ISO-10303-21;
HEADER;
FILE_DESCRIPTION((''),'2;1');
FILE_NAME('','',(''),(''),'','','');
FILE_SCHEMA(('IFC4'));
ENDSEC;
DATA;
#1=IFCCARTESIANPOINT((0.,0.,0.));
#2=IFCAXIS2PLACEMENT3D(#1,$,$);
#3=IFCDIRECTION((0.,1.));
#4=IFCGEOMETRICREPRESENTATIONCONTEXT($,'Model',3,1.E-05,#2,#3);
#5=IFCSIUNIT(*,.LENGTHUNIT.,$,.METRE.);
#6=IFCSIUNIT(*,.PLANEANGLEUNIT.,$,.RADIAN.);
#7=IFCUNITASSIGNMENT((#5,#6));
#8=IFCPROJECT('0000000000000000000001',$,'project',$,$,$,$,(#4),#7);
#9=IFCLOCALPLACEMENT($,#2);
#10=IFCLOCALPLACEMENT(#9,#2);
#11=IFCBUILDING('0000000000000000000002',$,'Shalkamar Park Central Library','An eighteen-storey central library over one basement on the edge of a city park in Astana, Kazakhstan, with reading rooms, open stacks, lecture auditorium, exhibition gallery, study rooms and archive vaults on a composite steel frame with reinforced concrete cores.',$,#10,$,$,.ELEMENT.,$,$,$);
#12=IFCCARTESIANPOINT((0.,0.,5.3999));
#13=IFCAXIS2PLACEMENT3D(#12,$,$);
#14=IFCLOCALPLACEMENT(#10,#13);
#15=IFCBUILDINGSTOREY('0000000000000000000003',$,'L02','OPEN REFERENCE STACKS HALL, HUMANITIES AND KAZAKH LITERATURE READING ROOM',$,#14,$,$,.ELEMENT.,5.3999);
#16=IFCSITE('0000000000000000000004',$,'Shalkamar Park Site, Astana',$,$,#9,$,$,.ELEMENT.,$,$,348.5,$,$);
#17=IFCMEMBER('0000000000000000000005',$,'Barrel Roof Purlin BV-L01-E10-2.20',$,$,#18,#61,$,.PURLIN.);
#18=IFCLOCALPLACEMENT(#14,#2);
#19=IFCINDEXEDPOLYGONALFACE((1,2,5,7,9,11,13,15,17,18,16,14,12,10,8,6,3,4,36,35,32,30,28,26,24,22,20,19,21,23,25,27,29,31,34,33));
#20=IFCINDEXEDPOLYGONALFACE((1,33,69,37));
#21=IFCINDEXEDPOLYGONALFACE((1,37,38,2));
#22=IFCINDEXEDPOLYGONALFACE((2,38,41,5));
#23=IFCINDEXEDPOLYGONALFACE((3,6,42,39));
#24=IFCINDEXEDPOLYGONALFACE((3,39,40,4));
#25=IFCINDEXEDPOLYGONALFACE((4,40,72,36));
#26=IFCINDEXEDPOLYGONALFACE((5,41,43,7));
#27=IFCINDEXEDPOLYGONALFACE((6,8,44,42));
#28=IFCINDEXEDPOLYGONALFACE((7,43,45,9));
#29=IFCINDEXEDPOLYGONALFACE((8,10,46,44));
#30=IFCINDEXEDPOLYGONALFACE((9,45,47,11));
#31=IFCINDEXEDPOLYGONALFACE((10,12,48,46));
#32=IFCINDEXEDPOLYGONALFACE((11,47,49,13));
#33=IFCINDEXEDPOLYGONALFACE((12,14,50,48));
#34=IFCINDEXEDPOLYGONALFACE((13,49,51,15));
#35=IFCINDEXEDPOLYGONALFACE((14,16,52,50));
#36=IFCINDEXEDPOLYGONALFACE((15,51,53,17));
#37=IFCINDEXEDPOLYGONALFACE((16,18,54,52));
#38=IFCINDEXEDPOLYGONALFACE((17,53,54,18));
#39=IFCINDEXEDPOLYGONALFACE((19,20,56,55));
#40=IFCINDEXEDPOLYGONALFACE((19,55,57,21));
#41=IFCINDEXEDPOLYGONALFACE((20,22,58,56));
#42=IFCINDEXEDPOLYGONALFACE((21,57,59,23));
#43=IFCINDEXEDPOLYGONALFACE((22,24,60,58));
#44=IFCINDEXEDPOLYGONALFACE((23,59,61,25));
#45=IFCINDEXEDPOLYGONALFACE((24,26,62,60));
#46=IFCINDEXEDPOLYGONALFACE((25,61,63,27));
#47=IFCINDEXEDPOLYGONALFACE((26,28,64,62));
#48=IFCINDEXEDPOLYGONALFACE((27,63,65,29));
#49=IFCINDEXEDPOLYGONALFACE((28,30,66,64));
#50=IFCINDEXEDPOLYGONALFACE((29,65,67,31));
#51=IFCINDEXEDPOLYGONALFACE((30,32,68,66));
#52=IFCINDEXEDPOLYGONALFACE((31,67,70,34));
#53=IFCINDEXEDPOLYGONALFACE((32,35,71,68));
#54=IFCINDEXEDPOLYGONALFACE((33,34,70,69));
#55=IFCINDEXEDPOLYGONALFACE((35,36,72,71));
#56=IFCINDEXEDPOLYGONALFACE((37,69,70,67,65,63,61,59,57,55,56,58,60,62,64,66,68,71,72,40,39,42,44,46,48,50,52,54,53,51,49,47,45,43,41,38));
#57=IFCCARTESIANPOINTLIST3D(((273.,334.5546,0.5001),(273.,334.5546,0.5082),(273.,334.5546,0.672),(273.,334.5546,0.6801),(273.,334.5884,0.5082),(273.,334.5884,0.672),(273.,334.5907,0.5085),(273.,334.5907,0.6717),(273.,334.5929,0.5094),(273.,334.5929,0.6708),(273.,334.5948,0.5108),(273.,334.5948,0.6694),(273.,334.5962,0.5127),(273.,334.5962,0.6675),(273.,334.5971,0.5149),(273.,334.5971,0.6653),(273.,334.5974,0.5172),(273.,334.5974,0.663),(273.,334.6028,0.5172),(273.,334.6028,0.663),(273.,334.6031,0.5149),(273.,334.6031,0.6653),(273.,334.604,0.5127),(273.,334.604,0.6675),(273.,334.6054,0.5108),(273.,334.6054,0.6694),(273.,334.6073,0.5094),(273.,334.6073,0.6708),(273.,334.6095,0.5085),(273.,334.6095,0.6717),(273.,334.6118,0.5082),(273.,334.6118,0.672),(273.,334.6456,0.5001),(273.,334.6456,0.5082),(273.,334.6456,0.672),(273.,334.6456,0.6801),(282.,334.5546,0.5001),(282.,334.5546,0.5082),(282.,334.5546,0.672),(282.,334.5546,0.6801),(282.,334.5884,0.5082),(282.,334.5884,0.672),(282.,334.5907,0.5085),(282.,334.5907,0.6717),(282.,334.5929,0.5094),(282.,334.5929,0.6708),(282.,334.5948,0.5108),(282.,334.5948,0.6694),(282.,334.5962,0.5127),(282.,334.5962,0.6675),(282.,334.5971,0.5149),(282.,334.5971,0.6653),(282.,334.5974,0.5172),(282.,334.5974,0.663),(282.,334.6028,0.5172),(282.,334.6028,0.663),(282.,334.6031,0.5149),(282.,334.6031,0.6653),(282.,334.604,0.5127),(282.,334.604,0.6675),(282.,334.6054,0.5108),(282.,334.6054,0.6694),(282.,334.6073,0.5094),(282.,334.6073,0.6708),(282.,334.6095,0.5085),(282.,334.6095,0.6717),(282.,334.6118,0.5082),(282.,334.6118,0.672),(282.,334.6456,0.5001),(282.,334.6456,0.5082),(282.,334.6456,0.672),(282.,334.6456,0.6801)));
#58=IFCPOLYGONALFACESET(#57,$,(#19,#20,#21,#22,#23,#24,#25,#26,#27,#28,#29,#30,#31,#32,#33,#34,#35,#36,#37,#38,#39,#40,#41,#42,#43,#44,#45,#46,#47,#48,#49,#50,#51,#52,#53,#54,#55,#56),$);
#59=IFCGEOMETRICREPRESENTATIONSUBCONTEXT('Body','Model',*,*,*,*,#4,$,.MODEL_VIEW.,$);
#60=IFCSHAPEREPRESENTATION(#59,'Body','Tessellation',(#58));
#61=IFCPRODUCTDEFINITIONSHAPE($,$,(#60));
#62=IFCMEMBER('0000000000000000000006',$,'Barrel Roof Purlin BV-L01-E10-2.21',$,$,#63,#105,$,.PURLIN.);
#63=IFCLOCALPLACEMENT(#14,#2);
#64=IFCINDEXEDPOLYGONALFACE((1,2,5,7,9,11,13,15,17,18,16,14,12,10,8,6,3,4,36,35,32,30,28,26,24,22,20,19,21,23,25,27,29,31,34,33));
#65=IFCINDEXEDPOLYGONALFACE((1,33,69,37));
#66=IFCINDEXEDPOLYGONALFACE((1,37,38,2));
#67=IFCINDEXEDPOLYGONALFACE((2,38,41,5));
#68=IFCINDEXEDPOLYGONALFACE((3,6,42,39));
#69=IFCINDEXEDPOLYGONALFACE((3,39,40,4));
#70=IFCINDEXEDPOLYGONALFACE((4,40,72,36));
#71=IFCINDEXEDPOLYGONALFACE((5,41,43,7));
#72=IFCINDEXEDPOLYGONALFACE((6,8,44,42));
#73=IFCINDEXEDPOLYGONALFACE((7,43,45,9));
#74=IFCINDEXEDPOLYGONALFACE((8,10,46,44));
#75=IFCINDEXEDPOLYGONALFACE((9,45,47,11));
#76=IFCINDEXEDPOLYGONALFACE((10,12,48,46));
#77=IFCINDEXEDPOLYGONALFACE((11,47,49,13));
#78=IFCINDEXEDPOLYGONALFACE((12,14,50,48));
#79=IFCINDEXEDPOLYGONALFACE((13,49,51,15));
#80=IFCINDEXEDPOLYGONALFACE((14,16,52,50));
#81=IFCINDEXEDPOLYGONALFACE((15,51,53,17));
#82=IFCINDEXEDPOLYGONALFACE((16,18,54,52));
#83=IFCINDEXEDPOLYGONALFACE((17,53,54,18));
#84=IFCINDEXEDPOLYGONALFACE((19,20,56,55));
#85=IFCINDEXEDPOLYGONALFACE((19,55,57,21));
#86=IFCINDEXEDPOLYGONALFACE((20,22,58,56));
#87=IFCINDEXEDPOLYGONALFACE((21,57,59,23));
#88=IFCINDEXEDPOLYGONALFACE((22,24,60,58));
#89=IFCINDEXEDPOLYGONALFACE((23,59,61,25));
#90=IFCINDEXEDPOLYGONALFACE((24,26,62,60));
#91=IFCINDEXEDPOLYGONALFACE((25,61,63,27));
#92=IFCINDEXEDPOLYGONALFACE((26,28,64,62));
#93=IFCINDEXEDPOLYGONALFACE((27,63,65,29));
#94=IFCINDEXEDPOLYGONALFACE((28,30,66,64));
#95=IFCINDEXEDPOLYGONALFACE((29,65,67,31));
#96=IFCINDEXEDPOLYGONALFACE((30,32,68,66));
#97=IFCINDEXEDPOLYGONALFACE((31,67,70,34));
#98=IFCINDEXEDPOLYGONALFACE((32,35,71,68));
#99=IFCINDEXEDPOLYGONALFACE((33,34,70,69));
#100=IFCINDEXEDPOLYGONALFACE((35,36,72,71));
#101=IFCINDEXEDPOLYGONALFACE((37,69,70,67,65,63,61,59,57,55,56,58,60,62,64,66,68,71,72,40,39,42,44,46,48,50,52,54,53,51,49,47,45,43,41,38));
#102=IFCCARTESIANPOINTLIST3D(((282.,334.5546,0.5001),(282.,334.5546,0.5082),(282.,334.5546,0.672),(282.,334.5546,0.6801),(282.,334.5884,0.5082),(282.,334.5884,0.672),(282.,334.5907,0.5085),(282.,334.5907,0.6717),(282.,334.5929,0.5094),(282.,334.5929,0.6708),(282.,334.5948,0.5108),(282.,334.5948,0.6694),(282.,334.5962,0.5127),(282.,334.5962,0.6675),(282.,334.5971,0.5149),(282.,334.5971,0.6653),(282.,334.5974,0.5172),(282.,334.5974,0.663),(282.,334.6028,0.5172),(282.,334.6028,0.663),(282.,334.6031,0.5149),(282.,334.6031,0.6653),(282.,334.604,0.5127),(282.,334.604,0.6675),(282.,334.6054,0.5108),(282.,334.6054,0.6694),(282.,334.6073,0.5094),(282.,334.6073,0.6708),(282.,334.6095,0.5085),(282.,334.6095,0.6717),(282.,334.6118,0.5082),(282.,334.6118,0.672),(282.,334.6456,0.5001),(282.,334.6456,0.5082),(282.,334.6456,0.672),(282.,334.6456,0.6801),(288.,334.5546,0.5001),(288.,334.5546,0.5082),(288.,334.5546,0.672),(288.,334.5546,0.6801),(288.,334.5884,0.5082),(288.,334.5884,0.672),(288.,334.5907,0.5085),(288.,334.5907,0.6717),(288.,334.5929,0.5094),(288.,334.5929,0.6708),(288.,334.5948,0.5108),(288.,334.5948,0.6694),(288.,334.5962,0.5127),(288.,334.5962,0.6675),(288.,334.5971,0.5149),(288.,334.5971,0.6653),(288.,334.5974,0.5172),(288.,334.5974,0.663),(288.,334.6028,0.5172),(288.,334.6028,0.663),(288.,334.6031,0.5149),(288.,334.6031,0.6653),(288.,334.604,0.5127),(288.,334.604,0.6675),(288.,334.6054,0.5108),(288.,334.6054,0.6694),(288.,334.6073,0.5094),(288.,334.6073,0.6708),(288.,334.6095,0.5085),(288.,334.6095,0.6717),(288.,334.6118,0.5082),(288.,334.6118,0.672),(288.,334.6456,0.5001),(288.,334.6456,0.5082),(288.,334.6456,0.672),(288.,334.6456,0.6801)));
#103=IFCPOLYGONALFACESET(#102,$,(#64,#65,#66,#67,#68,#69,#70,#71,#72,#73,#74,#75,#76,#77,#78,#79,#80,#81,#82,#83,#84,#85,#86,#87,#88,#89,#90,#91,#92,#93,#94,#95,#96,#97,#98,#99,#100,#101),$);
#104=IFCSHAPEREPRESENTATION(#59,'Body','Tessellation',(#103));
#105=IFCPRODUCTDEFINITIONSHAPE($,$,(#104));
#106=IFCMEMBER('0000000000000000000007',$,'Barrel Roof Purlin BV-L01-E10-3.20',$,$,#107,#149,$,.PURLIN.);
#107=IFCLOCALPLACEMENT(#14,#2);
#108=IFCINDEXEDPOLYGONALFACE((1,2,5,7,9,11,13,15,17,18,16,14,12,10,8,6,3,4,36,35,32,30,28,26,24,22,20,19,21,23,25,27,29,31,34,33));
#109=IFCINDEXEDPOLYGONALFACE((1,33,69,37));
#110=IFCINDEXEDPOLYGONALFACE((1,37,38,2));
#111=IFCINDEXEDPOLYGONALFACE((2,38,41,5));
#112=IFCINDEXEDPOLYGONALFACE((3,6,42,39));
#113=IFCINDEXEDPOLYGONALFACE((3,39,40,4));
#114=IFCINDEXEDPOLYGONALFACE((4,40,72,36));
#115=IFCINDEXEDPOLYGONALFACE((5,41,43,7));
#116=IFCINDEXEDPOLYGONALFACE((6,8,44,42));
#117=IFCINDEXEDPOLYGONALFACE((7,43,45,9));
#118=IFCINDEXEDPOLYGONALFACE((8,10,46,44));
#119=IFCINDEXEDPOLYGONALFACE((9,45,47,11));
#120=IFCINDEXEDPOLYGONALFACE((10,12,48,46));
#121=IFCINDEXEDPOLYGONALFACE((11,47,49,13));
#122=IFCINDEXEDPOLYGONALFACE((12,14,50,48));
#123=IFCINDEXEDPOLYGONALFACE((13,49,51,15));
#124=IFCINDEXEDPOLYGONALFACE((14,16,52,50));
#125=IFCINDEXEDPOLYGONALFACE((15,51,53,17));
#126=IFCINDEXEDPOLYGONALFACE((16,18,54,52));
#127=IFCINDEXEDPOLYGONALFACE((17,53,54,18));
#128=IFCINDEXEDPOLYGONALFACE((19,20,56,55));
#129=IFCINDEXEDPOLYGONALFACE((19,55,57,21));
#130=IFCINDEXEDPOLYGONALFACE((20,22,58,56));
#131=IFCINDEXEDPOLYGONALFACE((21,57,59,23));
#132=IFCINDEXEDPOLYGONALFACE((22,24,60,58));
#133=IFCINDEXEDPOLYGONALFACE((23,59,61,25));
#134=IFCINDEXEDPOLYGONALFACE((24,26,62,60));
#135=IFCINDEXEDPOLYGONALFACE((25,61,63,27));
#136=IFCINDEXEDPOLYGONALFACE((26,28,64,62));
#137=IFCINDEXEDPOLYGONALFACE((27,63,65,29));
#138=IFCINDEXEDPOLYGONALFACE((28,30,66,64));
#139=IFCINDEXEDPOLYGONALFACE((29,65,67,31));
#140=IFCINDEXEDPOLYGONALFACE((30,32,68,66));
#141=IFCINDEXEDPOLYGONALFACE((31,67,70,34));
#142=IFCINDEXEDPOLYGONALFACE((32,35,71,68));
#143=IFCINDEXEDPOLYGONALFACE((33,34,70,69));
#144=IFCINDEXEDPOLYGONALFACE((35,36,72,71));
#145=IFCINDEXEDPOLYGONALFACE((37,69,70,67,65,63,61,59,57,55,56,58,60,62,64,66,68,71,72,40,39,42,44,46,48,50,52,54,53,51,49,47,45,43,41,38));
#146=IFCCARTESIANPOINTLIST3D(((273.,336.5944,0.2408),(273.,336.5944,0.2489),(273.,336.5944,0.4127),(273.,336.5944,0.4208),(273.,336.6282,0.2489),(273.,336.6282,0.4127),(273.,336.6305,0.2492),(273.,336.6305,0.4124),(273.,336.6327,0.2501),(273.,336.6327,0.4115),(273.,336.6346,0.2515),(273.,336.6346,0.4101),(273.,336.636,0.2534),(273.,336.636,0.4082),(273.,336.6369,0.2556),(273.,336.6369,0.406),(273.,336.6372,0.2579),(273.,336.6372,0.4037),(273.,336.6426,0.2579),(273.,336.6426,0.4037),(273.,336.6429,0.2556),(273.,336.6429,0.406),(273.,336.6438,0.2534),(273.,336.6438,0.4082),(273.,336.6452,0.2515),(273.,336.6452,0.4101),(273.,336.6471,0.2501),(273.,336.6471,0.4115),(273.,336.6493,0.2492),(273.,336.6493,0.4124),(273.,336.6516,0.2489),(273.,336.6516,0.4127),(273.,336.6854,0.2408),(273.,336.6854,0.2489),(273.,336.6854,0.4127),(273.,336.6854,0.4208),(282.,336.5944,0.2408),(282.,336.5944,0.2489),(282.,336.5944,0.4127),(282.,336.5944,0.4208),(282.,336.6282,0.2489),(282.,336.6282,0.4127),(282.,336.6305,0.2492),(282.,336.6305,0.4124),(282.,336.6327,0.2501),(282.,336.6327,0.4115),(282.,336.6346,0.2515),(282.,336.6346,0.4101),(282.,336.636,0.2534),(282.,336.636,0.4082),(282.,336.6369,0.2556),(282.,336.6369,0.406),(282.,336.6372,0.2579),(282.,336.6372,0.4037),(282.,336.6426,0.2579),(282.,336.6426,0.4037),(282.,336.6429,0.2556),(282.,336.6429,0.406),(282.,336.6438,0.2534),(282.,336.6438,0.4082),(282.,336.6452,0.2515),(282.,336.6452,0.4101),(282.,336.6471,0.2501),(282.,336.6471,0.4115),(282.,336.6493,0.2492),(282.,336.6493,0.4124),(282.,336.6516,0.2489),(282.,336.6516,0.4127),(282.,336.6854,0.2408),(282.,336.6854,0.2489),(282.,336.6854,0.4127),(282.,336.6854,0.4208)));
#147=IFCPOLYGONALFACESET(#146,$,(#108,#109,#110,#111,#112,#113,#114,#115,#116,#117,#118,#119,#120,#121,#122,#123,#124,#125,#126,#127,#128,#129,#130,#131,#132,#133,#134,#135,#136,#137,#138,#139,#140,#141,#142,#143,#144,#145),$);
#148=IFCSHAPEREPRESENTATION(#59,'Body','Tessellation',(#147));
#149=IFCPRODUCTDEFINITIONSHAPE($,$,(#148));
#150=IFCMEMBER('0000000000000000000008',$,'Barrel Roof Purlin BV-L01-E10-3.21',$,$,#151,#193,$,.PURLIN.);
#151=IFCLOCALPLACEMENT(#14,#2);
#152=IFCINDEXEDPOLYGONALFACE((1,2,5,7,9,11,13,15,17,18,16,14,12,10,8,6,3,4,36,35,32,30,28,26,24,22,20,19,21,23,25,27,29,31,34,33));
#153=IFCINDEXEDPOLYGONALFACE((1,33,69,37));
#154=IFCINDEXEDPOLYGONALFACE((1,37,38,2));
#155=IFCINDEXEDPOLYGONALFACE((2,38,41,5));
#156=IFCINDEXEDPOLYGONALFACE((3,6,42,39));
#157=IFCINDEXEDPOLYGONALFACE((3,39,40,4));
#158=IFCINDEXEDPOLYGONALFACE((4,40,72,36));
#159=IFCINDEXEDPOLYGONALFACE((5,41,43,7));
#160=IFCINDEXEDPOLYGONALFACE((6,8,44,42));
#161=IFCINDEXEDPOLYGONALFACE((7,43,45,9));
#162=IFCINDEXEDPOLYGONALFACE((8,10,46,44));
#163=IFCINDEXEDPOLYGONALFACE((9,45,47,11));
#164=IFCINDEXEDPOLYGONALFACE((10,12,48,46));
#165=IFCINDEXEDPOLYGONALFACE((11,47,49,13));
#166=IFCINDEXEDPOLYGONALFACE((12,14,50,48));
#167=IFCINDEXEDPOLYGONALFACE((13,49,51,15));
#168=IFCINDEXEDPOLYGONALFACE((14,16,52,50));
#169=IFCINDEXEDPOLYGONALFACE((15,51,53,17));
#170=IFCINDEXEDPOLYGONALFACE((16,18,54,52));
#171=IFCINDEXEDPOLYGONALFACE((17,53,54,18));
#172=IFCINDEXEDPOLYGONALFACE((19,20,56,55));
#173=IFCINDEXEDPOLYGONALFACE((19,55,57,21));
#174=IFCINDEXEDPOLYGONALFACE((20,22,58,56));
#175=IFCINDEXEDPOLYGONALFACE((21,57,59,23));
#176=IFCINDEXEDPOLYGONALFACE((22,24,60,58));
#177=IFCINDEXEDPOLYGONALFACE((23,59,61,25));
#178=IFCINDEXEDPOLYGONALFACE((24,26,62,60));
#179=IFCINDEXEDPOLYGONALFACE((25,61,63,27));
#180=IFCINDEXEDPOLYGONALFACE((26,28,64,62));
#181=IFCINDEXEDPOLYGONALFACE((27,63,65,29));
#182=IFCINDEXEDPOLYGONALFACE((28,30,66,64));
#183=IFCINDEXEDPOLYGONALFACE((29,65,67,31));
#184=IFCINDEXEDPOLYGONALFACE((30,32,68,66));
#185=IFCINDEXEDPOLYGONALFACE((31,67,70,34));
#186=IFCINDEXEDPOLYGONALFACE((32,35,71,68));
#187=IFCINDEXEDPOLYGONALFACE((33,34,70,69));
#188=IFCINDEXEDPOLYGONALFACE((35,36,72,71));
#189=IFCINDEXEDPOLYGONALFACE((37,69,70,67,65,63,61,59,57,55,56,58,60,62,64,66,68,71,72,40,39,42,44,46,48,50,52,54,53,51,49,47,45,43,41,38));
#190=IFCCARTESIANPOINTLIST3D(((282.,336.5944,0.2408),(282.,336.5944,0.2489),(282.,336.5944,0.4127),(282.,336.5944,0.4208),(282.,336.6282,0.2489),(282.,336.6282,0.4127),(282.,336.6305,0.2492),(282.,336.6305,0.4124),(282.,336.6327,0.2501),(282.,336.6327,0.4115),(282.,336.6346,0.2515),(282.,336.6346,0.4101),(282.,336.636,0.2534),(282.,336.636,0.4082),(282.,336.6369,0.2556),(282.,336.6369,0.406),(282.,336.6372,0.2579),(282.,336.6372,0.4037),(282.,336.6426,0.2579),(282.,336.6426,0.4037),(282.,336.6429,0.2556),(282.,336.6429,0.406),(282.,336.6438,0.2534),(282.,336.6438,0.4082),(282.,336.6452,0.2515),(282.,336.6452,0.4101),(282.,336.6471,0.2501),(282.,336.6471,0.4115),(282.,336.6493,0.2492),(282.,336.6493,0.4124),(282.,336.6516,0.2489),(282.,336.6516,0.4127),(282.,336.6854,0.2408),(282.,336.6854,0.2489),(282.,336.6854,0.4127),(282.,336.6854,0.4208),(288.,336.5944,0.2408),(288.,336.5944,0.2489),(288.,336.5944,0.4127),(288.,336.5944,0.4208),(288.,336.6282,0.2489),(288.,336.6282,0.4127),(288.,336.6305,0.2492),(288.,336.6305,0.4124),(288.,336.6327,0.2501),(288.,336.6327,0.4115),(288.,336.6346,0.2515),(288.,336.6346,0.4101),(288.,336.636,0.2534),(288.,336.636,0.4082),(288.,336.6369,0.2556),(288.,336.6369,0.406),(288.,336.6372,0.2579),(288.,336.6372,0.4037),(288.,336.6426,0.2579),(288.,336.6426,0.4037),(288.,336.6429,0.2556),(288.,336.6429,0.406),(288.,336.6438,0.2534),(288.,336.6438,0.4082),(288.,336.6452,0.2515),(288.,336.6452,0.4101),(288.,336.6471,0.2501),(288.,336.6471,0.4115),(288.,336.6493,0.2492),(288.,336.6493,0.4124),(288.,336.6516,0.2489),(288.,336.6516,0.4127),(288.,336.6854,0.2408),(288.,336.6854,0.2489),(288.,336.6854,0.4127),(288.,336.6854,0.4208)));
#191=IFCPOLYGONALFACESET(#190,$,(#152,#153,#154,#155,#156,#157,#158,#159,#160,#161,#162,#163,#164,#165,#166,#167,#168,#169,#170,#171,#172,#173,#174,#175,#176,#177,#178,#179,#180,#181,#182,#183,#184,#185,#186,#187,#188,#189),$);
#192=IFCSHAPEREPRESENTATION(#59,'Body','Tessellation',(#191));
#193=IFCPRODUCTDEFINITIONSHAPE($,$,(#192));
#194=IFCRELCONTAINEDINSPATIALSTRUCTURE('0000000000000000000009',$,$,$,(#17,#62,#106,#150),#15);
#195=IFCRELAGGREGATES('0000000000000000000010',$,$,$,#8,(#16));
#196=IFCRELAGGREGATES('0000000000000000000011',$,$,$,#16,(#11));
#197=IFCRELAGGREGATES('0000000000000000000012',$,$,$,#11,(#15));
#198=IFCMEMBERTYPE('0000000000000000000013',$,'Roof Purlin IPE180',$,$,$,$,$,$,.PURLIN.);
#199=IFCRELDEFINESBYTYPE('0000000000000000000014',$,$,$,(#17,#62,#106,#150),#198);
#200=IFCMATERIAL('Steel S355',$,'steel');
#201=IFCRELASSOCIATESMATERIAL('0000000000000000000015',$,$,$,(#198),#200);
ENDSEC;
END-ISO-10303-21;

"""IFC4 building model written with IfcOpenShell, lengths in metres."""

from ifc_helpers import new_model, si_unit, direction, frame, origin, origin_2d, place, context, subcontext, project, spatial, i_section, extrude, material, material_profile, profile_set, type_object, element, save


model = new_model("IFC4")

# Units and contexts
model_context = context("Model", 3, precision=1e-05, world=origin(), true_north=direction((0.0, 1.0)))
body_context = subcontext(model_context, "Body", "Model", "MODEL_VIEW")
ifc_project = project(units=[si_unit("LENGTHUNIT", "METRE"), si_unit("PLANEANGLEUNIT", "RADIAN")], contexts=[model_context])

# Site, building, storey
site_placement = place(None, origin())
site = spatial("IfcSite", under=ifc_project, at=site_placement, Name="Shalkamar Park Site, Astana", CompositionType="ELEMENT", RefElevation=348.5)
building_placement = place(site_placement, origin())
building = spatial("IfcBuilding", under=site, at=building_placement, Name="Shalkamar Park Central Library", Description="An eighteen-storey central library over one basement on the edge of a city park in Astana, Kazakhstan, with reading rooms, open stacks, lecture auditorium, exhibition gallery, study rooms and archive vaults on a composite steel frame with reinforced concrete cores.", CompositionType="ELEMENT")
storey_placement = place(building_placement, frame((0.0, 0.0, 5.3999)))
storey = spatial("IfcBuildingStorey", under=building, at=storey_placement, Name="L02", Description="OPEN REFERENCE STACKS HALL, HUMANITIES AND KAZAKH LITERATURE READING ROOM", CompositionType="ELEMENT", Elevation=5.3999)

# Shared definitions
ifc_material_1 = material(Name="Steel S355", Category="steel")

# Members
ifc_material_profile_1 = material_profile(ifc_material_1, i_section(OverallWidth=0.0911, OverallDepth=0.1799, WebThickness=0.0054, FlangeThickness=0.0081, FilletRadius=0.009, at=origin_2d()), Name="IPE 180")
ifc_profile_set_1 = profile_set([ifc_material_profile_1], Name="Steel S355")
member_type_1 = type_object("IfcMemberType", Name="Roof Purlin IPE180", PredefinedType="PURLIN", material=ifc_profile_set_1)
member_1_placement = place(storey_placement, frame((273.0, 334.6001, 0.5901), z_axis=(1.0, 0.0, 0.0), x_axis=(0.0, 1.0, 0.0)))
element("IfcMember", 1, at=member_1_placement, inside=storey, type_object=member_type_1, Name="Barrel Roof Purlin BV-L01-E10-2.20", PredefinedType="PURLIN", context=body_context, shape_type="SweptSolid", body=[
    extrude(i_section(OverallWidth=0.0911, OverallDepth=0.1799, WebThickness=0.0054, FlangeThickness=0.0081, FilletRadius=0.009, at=origin_2d()), origin(), (0.0, 0.0, 1.0), 9.0),
])
member_2_placement = place(storey_placement, frame((282.0, 334.6001, 0.5901), z_axis=(1.0, 0.0, 0.0), x_axis=(0.0, 1.0, 0.0)))
element("IfcMember", 2, at=member_2_placement, inside=storey, type_object=member_type_1, Name="Barrel Roof Purlin BV-L01-E10-2.21", PredefinedType="PURLIN", context=body_context, shape_type="SweptSolid", body=[
    extrude(i_section(OverallWidth=0.0911, OverallDepth=0.1799, WebThickness=0.0054, FlangeThickness=0.0081, FilletRadius=0.009, at=origin_2d()), origin(), (0.0, 0.0, 1.0), 6.0),
])
member_3_placement = place(storey_placement, frame((273.0, 336.6399, 0.3308), z_axis=(1.0, 0.0, 0.0), x_axis=(0.0, 1.0, 0.0)))
element("IfcMember", 3, at=member_3_placement, inside=storey, type_object=member_type_1, Name="Barrel Roof Purlin BV-L01-E10-3.20", PredefinedType="PURLIN", context=body_context, shape_type="SweptSolid", body=[
    extrude(i_section(OverallWidth=0.0911, OverallDepth=0.1799, WebThickness=0.0054, FlangeThickness=0.0081, FilletRadius=0.009, at=origin_2d()), origin(), (0.0, 0.0, 1.0), 9.0),
])
member_4_placement = place(storey_placement, frame((282.0, 336.6399, 0.3308), z_axis=(1.0, 0.0, 0.0), x_axis=(0.0, 1.0, 0.0)))
element("IfcMember", 4, at=member_4_placement, inside=storey, type_object=member_type_1, Name="Barrel Roof Purlin BV-L01-E10-3.21", PredefinedType="PURLIN", context=body_context, shape_type="SweptSolid", body=[
    extrude(i_section(OverallWidth=0.0911, OverallDepth=0.1799, WebThickness=0.0054, FlangeThickness=0.0081, FilletRadius=0.009, at=origin_2d()), origin(), (0.0, 0.0, 1.0), 6.0),
])

save(model, "model.ifc")
